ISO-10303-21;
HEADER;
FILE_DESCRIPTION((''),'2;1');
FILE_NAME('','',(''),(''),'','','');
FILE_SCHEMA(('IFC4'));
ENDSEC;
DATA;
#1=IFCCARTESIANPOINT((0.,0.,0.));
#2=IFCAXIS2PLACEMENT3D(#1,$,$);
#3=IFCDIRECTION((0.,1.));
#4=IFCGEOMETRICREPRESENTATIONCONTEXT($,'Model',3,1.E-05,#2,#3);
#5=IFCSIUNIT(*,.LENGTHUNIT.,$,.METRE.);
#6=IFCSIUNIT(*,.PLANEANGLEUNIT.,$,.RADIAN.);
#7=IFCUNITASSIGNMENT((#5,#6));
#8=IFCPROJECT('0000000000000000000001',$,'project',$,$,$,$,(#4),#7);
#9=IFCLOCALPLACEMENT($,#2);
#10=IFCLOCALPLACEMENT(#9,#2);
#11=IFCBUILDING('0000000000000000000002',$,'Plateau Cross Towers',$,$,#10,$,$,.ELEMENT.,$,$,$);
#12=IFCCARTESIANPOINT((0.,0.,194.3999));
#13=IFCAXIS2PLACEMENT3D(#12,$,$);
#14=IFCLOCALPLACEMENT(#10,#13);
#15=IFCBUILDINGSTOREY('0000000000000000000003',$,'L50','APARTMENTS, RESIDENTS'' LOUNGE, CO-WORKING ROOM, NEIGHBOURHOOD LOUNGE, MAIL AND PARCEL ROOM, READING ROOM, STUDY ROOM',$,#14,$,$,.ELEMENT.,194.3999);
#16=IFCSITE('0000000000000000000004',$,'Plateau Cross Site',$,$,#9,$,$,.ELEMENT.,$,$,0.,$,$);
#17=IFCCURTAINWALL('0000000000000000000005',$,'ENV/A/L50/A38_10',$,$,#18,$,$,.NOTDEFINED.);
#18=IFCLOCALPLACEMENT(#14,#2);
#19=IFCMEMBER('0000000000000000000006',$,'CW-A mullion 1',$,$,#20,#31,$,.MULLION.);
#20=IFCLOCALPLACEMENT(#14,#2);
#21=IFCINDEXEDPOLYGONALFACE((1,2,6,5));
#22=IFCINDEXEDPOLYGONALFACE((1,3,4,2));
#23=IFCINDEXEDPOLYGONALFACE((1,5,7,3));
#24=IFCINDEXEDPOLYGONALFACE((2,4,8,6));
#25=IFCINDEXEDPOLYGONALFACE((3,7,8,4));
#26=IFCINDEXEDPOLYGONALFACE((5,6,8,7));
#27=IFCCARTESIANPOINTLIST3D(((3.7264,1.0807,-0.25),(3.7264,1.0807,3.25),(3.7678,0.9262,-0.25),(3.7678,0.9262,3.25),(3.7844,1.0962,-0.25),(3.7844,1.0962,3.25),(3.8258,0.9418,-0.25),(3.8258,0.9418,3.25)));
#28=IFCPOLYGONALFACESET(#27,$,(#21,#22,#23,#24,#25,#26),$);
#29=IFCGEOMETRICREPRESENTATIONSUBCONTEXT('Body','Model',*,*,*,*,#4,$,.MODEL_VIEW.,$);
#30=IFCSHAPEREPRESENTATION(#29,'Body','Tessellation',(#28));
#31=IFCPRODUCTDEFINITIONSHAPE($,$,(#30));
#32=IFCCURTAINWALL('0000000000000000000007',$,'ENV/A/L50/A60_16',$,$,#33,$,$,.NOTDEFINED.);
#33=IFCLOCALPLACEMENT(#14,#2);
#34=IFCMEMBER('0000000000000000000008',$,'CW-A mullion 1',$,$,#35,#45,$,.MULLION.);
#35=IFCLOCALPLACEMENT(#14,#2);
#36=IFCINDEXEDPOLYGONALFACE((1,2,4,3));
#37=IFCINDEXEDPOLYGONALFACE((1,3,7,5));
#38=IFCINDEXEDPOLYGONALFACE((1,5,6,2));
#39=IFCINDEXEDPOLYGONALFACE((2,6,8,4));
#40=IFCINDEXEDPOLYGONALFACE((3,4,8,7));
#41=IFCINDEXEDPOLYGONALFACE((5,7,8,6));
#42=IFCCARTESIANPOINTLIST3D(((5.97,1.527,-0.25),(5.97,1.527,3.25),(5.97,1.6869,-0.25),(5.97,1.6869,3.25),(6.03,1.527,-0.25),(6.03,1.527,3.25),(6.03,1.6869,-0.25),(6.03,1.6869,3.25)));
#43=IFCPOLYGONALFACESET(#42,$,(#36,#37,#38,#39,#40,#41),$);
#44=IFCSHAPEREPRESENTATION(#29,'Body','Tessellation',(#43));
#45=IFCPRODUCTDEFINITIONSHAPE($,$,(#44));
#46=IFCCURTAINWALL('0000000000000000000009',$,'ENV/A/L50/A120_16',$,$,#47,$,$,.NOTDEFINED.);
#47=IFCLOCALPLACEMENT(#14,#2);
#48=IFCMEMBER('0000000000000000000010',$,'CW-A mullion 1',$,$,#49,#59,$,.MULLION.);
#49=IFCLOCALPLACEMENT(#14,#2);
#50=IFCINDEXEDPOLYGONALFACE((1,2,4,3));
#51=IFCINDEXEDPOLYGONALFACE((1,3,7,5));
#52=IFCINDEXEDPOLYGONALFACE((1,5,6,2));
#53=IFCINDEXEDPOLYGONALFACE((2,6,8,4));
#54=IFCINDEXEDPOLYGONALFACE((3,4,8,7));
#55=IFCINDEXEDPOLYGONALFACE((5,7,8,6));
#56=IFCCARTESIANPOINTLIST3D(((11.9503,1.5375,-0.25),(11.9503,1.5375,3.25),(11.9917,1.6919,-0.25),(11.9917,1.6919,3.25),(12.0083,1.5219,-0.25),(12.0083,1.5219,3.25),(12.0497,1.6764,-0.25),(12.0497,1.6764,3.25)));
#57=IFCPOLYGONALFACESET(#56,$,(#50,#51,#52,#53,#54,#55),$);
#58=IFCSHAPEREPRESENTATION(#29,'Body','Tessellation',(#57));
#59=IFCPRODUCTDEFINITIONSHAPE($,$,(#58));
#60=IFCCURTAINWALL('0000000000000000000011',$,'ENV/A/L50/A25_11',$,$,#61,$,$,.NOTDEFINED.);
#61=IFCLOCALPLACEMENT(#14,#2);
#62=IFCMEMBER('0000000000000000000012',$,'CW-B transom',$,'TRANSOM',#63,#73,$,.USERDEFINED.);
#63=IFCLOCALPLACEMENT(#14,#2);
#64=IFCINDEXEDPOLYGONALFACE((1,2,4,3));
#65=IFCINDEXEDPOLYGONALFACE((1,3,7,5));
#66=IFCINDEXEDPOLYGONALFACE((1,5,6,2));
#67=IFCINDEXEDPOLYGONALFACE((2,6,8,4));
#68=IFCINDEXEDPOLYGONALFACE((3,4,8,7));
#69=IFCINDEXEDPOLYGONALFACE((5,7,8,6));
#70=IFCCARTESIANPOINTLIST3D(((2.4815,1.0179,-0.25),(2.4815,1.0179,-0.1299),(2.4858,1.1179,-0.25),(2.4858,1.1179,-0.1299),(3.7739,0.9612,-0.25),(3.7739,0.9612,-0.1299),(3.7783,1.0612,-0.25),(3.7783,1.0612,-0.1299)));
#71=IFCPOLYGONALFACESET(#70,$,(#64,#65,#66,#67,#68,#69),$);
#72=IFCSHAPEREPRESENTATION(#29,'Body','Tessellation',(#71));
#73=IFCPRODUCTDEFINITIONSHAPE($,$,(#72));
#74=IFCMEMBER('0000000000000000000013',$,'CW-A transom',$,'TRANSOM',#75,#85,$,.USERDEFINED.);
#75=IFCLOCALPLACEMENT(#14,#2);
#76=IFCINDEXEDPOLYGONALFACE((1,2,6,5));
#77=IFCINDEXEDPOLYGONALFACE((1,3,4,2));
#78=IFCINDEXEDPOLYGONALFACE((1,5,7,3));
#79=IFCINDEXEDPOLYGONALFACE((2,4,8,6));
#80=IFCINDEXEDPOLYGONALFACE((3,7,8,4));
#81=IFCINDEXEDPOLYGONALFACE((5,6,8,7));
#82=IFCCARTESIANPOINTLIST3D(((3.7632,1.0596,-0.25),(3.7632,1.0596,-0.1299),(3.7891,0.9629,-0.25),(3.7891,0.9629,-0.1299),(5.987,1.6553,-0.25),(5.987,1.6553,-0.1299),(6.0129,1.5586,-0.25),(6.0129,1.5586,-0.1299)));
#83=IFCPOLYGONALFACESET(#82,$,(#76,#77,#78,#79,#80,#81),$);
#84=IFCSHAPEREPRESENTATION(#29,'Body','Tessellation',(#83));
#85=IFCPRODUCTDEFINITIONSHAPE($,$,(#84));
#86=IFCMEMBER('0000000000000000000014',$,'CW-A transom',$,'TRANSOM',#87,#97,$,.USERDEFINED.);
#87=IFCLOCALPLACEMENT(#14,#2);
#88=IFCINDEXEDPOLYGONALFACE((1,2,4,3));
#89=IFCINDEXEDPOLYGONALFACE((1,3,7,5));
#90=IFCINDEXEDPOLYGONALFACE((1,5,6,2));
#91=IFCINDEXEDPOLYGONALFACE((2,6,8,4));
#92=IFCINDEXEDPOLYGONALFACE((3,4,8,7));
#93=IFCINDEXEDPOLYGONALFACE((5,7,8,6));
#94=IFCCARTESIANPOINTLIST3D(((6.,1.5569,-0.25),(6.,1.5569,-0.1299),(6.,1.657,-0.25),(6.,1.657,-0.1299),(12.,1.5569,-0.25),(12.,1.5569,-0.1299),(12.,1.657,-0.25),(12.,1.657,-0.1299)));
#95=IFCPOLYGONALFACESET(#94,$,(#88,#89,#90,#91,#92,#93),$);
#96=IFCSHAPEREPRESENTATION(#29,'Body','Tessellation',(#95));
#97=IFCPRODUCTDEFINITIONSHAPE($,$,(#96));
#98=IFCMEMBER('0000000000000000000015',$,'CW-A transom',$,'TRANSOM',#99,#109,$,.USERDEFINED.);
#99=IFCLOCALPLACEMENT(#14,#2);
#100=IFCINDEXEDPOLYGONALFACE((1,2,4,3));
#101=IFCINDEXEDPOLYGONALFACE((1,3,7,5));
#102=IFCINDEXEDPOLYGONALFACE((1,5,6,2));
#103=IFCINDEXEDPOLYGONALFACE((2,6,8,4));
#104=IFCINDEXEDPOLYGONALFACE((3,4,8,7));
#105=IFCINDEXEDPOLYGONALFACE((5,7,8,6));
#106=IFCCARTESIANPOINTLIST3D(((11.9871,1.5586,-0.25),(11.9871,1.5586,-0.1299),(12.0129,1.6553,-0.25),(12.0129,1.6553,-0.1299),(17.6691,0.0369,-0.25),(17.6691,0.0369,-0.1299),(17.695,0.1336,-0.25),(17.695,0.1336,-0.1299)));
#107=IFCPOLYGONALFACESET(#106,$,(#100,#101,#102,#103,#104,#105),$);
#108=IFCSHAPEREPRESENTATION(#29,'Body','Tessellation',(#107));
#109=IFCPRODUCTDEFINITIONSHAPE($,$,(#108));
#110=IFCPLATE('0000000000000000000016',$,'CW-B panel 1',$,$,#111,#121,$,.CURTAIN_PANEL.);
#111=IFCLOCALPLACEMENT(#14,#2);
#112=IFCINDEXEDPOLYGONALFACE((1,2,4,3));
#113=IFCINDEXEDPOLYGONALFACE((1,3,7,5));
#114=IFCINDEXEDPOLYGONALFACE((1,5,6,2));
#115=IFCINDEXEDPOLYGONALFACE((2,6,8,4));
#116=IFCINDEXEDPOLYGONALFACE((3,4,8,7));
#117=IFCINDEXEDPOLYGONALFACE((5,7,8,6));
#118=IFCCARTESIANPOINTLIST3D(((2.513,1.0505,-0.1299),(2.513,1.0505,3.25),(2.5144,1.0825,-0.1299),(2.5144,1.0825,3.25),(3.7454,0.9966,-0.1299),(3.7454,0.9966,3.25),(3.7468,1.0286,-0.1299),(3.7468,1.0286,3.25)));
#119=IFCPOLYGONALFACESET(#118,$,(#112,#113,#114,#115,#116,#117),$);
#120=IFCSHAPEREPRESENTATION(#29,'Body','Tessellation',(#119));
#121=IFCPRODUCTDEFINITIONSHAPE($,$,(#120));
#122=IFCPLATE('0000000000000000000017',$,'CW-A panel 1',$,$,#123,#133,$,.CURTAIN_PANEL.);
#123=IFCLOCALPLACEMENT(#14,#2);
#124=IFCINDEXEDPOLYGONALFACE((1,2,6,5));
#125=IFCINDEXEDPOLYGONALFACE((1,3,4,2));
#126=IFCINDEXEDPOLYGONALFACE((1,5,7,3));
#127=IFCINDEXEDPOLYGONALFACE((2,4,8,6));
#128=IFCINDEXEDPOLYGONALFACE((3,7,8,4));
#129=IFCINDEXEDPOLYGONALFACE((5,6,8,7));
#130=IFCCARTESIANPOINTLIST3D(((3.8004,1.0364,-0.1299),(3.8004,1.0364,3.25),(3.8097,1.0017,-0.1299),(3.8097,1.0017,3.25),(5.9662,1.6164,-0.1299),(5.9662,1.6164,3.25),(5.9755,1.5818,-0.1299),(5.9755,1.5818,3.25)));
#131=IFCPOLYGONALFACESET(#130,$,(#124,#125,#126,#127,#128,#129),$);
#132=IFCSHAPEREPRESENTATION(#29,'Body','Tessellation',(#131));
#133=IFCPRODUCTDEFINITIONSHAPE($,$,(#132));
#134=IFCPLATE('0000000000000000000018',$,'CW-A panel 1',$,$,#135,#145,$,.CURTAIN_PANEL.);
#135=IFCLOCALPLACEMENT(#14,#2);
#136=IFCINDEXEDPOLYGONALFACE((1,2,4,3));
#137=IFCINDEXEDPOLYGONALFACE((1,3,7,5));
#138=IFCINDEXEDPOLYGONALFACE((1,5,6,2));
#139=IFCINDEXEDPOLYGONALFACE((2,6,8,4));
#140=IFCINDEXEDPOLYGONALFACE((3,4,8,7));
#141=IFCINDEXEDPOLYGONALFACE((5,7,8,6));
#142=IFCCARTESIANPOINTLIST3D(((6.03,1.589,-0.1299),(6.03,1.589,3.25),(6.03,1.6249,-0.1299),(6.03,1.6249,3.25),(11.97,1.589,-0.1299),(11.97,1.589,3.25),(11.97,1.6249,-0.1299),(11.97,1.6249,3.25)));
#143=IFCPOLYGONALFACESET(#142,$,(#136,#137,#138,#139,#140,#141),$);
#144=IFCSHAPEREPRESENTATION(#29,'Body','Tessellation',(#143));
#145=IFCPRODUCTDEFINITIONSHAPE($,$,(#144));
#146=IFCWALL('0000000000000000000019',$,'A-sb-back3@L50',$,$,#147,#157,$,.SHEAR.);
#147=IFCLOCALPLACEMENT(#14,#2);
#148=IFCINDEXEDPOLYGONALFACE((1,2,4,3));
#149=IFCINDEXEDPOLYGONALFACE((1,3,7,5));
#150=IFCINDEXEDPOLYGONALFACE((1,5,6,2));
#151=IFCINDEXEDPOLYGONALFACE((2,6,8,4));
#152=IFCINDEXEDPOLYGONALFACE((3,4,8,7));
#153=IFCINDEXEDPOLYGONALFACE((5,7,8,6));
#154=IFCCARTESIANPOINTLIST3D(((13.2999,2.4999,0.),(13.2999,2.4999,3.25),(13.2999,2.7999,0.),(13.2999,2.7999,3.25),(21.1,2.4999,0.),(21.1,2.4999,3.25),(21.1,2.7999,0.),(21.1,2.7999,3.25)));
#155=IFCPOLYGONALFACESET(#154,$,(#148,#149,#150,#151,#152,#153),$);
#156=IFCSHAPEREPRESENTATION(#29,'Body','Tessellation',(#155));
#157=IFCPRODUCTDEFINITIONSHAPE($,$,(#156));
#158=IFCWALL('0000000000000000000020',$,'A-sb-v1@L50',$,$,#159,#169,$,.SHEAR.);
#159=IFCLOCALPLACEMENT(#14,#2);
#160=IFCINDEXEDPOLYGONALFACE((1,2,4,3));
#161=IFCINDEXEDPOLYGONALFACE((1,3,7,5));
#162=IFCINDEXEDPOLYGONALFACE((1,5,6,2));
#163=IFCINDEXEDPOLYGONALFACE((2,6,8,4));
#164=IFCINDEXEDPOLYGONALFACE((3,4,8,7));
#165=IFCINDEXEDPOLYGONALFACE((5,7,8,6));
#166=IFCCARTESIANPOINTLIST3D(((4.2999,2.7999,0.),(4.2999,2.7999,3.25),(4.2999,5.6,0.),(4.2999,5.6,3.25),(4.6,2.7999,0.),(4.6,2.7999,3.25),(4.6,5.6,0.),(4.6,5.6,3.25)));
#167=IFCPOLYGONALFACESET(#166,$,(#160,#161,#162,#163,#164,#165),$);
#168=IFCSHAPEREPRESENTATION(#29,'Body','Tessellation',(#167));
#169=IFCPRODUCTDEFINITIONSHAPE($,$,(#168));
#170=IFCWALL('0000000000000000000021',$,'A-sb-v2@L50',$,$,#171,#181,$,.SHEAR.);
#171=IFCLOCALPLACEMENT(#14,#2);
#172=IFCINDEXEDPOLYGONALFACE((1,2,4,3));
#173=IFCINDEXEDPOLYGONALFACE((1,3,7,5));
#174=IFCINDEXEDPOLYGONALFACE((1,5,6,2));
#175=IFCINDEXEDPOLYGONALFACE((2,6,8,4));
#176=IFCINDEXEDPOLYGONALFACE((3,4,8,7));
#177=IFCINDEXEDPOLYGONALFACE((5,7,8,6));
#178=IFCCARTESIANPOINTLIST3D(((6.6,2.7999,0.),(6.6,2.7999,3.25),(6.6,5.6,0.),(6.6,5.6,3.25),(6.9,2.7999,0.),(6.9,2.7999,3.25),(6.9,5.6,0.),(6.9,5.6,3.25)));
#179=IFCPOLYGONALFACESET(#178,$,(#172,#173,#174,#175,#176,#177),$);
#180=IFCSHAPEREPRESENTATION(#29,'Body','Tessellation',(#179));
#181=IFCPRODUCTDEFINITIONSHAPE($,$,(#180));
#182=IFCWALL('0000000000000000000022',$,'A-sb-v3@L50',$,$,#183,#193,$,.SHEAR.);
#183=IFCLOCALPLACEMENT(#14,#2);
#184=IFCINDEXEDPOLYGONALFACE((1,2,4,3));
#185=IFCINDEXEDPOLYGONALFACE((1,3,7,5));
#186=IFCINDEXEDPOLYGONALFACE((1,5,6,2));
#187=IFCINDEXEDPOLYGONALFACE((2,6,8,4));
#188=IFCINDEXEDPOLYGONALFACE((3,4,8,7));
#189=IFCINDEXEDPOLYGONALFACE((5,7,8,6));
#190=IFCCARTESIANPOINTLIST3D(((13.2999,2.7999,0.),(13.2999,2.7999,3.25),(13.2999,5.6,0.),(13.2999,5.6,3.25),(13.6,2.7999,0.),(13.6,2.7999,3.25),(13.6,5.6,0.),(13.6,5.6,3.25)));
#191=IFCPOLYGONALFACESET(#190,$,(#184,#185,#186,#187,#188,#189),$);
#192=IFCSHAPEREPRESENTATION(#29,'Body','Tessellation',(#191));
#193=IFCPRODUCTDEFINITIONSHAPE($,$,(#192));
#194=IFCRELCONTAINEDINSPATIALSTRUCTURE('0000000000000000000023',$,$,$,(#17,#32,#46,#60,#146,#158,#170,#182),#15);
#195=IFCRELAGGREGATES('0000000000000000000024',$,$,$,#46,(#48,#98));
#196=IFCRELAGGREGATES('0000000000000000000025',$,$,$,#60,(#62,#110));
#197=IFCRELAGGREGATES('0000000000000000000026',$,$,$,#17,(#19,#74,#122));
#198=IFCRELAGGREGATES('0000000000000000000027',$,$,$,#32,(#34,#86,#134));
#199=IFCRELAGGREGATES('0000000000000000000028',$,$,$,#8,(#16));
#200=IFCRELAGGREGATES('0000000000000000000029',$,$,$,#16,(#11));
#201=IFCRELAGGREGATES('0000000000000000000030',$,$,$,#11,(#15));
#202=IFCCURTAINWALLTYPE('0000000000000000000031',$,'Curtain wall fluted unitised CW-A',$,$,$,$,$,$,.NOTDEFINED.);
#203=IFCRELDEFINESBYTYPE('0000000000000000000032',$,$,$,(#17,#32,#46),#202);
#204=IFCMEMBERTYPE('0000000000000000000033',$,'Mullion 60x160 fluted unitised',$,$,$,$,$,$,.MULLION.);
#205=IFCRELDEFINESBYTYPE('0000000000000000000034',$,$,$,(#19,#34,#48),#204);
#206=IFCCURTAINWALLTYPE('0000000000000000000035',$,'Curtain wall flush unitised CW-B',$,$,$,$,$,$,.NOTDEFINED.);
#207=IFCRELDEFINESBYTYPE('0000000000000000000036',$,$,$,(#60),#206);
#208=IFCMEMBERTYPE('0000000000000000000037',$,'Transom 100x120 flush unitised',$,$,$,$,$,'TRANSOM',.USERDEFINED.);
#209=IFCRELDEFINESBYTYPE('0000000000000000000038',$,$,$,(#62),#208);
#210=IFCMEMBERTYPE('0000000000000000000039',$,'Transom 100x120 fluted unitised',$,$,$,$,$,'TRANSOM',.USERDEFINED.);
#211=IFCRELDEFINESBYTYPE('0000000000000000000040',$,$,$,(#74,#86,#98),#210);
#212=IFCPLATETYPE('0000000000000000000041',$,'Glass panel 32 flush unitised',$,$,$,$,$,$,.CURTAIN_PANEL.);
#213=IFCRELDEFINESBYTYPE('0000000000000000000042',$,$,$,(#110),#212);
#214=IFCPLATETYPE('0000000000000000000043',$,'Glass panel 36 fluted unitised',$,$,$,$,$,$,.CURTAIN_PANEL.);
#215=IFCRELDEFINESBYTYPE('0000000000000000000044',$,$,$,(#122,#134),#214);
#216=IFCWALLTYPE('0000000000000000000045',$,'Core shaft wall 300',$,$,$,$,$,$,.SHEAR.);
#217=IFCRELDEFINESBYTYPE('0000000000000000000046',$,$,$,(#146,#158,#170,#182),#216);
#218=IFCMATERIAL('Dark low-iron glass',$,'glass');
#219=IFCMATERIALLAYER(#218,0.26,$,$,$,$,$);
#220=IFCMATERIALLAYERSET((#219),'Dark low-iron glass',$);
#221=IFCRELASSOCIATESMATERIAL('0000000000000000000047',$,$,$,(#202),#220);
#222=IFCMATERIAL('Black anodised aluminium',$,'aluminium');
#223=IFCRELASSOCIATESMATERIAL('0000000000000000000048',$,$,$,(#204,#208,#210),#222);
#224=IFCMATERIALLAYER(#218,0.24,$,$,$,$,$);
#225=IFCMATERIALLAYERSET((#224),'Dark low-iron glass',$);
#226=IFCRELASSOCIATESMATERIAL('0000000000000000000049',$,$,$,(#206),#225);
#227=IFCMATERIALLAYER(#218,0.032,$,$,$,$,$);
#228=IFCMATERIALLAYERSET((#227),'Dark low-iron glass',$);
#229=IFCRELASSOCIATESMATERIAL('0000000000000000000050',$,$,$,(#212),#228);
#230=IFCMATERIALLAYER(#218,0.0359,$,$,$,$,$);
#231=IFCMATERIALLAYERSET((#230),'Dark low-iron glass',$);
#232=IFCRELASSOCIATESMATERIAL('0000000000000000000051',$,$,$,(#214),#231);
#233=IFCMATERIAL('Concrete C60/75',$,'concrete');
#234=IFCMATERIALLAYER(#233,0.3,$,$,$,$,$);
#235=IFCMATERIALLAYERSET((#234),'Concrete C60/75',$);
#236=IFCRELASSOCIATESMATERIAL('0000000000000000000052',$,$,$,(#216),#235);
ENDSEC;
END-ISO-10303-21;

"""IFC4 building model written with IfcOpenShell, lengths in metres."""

from ifc_helpers import new_model, si_unit, direction, frame, frame_2d, origin, origin_2d, place, context, subcontext, project, spatial, rectangle, extrude, material, layer, layer_set, material_profile, profile_set, type_object, element, aggregate, save


model = new_model("IFC4")

# Units and contexts
model_context = context("Model", 3, precision=1e-05, world=origin(), true_north=direction((0.0, 1.0)))
body_context = subcontext(model_context, "Body", "Model", "MODEL_VIEW")
ifc_project = project(units=[si_unit("LENGTHUNIT", "METRE"), si_unit("PLANEANGLEUNIT", "RADIAN")], contexts=[model_context])

# Site, building, storey
site_placement = place(None, origin())
site = spatial("IfcSite", under=ifc_project, at=site_placement, Name="Plateau Cross Site", CompositionType="ELEMENT", RefElevation=0.0)
building_placement = place(site_placement, origin())
building = spatial("IfcBuilding", under=site, at=building_placement, Name="Plateau Cross Towers", CompositionType="ELEMENT")
storey_placement = place(building_placement, frame((0.0, 0.0, 194.3999)))
storey = spatial("IfcBuildingStorey", under=building, at=storey_placement, Name="L50", Description="APARTMENTS, RESIDENTS' LOUNGE, CO-WORKING ROOM, NEIGHBOURHOOD LOUNGE, MAIL AND PARCEL ROOM, READING ROOM, STUDY ROOM", CompositionType="ELEMENT", Elevation=194.3999)

# Curtain walls, members
ifc_material_1 = material(Name="Dark low-iron glass", Category="glass")
ifc_layer_1 = layer(ifc_material_1, 0.26)
ifc_layer_set_1 = layer_set([ifc_layer_1], Name="Dark low-iron glass")
curtain_wall_type_1 = type_object("IfcCurtainWallType", Name="Curtain wall fluted unitised CW-A", PredefinedType="NOTDEFINED", material=ifc_layer_set_1)
curtain_wall_1_placement = place(storey_placement, origin())
curtain_wall_1 = element("IfcCurtainWall", 1, at=curtain_wall_1_placement, inside=storey, type_object=curtain_wall_type_1, Name="ENV/A/L50/A38_10", PredefinedType="NOTDEFINED")
ifc_material_2 = material(Name="Black anodised aluminium", Category="aluminium")
ifc_material_profile_1 = material_profile(ifc_material_2, rectangle(XDim=0.0601, YDim=0.1599, at=origin_2d()), Name="MULLION 60x160")
ifc_profile_set_1 = profile_set([ifc_material_profile_1], Name="Black anodised aluminium")
member_type_1 = type_object("IfcMemberType", Name="Mullion 60x160 fluted unitised", PredefinedType="MULLION", material=ifc_profile_set_1)
member_1_placement = place(storey_placement, frame((3.7761, 1.0112, -0.25), z_axis=(0.0, 0.0, 1.0), x_axis=(0.965958, 0.258699, 0.0)))
member_1 = element("IfcMember", 2, at=member_1_placement, type_object=member_type_1, Name="CW-A mullion 1", PredefinedType="MULLION", context=body_context, shape_type="SweptSolid", body=[
    extrude(rectangle(XDim=0.0601, YDim=0.1599, at=origin_2d()), origin(), (0.0, 0.0, 1.0), 3.5),
])
curtain_wall_2_placement = place(storey_placement, origin())
curtain_wall_2 = element("IfcCurtainWall", 3, at=curtain_wall_2_placement, inside=storey, type_object=curtain_wall_type_1, Name="ENV/A/L50/A60_16", PredefinedType="NOTDEFINED")
member_2_placement = place(storey_placement, frame((6.0, 1.6069, -0.25), z_axis=(0.0, 0.0, 1.0), x_axis=(1.0, 0.0, 0.0)))
member_2 = element("IfcMember", 4, at=member_2_placement, type_object=member_type_1, Name="CW-A mullion 1", PredefinedType="MULLION", context=body_context, shape_type="SweptSolid", body=[
    extrude(rectangle(XDim=0.0601, YDim=0.1599, at=origin_2d()), origin(), (0.0, 0.0, 1.0), 3.5),
])
curtain_wall_3_placement = place(storey_placement, origin())
curtain_wall_3 = element("IfcCurtainWall", 5, at=curtain_wall_3_placement, inside=storey, type_object=curtain_wall_type_1, Name="ENV/A/L50/A120_16", PredefinedType="NOTDEFINED")
member_3_placement = place(storey_placement, frame((12.0, 1.6069, -0.25), z_axis=(0.0, 0.0, 1.0), x_axis=(0.965958, -0.258699, 0.0)))
member_3 = element("IfcMember", 6, at=member_3_placement, type_object=member_type_1, Name="CW-A mullion 1", PredefinedType="MULLION", context=body_context, shape_type="SweptSolid", body=[
    extrude(rectangle(XDim=0.0601, YDim=0.1599, at=origin_2d()), origin(), (0.0, 0.0, 1.0), 3.5),
])
ifc_layer_2 = layer(ifc_material_1, 0.24)
ifc_layer_set_2 = layer_set([ifc_layer_2], Name="Dark low-iron glass")
curtain_wall_type_2 = type_object("IfcCurtainWallType", Name="Curtain wall flush unitised CW-B", PredefinedType="NOTDEFINED", material=ifc_layer_set_2)
curtain_wall_4_placement = place(storey_placement, origin())
curtain_wall_4 = element("IfcCurtainWall", 7, at=curtain_wall_4_placement, inside=storey, type_object=curtain_wall_type_2, Name="ENV/A/L50/A25_11", PredefinedType="NOTDEFINED")
ifc_material_profile_2 = material_profile(ifc_material_2, rectangle(XDim=0.1001, YDim=0.1201, at=origin_2d()), Name="TRANSOM 100x120")
ifc_profile_set_2 = profile_set([ifc_material_profile_2], Name="Black anodised aluminium")
member_type_2 = type_object("IfcMemberType", Name="Transom 100x120 flush unitised", ElementType="TRANSOM", PredefinedType="USERDEFINED", material=ifc_profile_set_2)
member_4_placement = place(storey_placement, frame((2.4836, 1.0679, -0.1899), z_axis=(0.999041, -0.043781, 0.0), x_axis=(0.043781, 0.999041, 0.0)))
member_4 = element("IfcMember", 8, at=member_4_placement, type_object=member_type_2, Name="CW-B transom", ObjectType="TRANSOM", PredefinedType="USERDEFINED", context=body_context, shape_type="SweptSolid", body=[
    extrude(rectangle(XDim=0.1001, YDim=0.1201, at=origin_2d()), origin(), (0.0, 0.0, 1.0), 1.2937),
])

# Members
ifc_material_profile_3 = material_profile(ifc_material_2, rectangle(XDim=0.1001, YDim=0.1201, at=origin_2d()), Name="TRANSOM 100x120")
ifc_profile_set_3 = profile_set([ifc_material_profile_3], Name="Black anodised aluminium")
member_type_3 = type_object("IfcMemberType", Name="Transom 100x120 fluted unitised", ElementType="TRANSOM", PredefinedType="USERDEFINED", material=ifc_profile_set_3)
member_5_placement = place(storey_placement, frame((3.7761, 1.0112, -0.1899), z_axis=(0.965946, 0.258745, 0.0), x_axis=(-0.258745, 0.965946, 0.0)))
member_5 = element("IfcMember", 9, at=member_5_placement, type_object=member_type_3, Name="CW-A transom", ObjectType="TRANSOM", PredefinedType="USERDEFINED", context=body_context, shape_type="SweptSolid", body=[
    extrude(rectangle(XDim=0.1001, YDim=0.1201, at=origin_2d()), origin(), (0.0, 0.0, 1.0), 2.3022),
])
member_6_placement = place(storey_placement, frame((6.0, 1.6069, -0.1899), z_axis=(1.0, 0.0, 0.0), x_axis=(0.0, 1.0, 0.0)))
member_6 = element("IfcMember", 10, at=member_6_placement, type_object=member_type_3, Name="CW-A transom", ObjectType="TRANSOM", PredefinedType="USERDEFINED", context=body_context, shape_type="SweptSolid", body=[
    extrude(rectangle(XDim=0.1001, YDim=0.1201, at=origin_2d()), origin(), (0.0, 0.0, 1.0), 6.0),
])
member_7_placement = place(storey_placement, frame((12.0, 1.6069, -0.1899), z_axis=(0.96596, -0.258693, 0.0), x_axis=(0.258693, 0.96596, 0.0)))
member_7 = element("IfcMember", 11, at=member_7_placement, type_object=member_type_3, Name="CW-A transom", ObjectType="TRANSOM", PredefinedType="USERDEFINED", context=body_context, shape_type="SweptSolid", body=[
    extrude(rectangle(XDim=0.1001, YDim=0.1201, at=origin_2d()), origin(), (0.0, 0.0, 1.0), 5.8823),
])
aggregate(curtain_wall_3, [member_3, member_7])

# Plates
ifc_layer_3 = layer(ifc_material_1, 0.032)
ifc_layer_set_3 = layer_set([ifc_layer_3], Name="Dark low-iron glass")
plate_type_1 = type_object("IfcPlateType", Name="Glass panel 32 flush unitised", PredefinedType="CURTAIN_PANEL", material=ifc_layer_set_3)
plate_1_placement = place(storey_placement, frame((3.1299, 1.0396, -0.1299), z_axis=(0.0, 0.0, 1.0), x_axis=(0.999044, -0.043723, 0.0)))
plate_1 = element("IfcPlate", 12, at=plate_1_placement, type_object=plate_type_1, Name="CW-B panel 1", PredefinedType="CURTAIN_PANEL", context=body_context, shape_type="SweptSolid", body=[
    extrude(rectangle(XDim=1.2336, YDim=0.032, at=origin_2d()), origin(), (0.0, 0.0, 1.0), 3.3799),
])
aggregate(curtain_wall_4, [member_4, plate_1])
ifc_layer_4 = layer(ifc_material_1, 0.0359)
ifc_layer_set_4 = layer_set([ifc_layer_4], Name="Dark low-iron glass")
plate_type_2 = type_object("IfcPlateType", Name="Glass panel 36 fluted unitised", PredefinedType="CURTAIN_PANEL", material=ifc_layer_set_4)
plate_2_placement = place(storey_placement, frame((4.8879, 1.3091, -0.1299), z_axis=(0.0, 0.0, 1.0), x_axis=(0.965958, 0.258699, 0.0)))
plate_2 = element("IfcPlate", 13, at=plate_2_placement, type_object=plate_type_2, Name="CW-A panel 1", PredefinedType="CURTAIN_PANEL", context=body_context, shape_type="SweptSolid", body=[
    extrude(rectangle(XDim=2.2422, YDim=0.0359, at=origin_2d()), origin(), (0.0, 0.0, 1.0), 3.3799),
])
aggregate(curtain_wall_1, [member_1, member_5, plate_2])
plate_3_placement = place(storey_placement, frame((9.0, 1.6069, -0.1299), z_axis=(0.0, 0.0, 1.0), x_axis=(1.0, 0.0, 0.0)))
plate_3 = element("IfcPlate", 14, at=plate_3_placement, type_object=plate_type_2, Name="CW-A panel 1", PredefinedType="CURTAIN_PANEL", context=body_context, shape_type="SweptSolid", body=[
    extrude(rectangle(XDim=5.9399, YDim=0.0359, at=origin_2d()), origin(), (0.0, 0.0, 1.0), 3.3799),
])
aggregate(curtain_wall_2, [member_2, member_6, plate_3])

# Walls
ifc_material_3 = material(Name="Concrete C60/75", Category="concrete")
ifc_layer_5 = layer(ifc_material_3, 0.3)
ifc_layer_set_5 = layer_set([ifc_layer_5], Name="Concrete C60/75")
wall_type_1 = type_object("IfcWallType", Name="Core shaft wall 300", PredefinedType="SHEAR", material=ifc_layer_set_5)
wall_1_placement = place(storey_placement, frame((13.3, 2.6499, 0.0), z_axis=(0.0, 0.0, 1.0), x_axis=(1.0, 0.0, 0.0)))
element("IfcWall", 15, at=wall_1_placement, inside=storey, type_object=wall_type_1, Name="A-sb-back3@L50", PredefinedType="SHEAR", context=body_context, shape_type="SweptSolid", body=[
    extrude(rectangle(XDim=7.8, YDim=0.3, at=frame_2d((3.8999, 0.0))), origin(), (0.0, 0.0, 1.0), 3.25),
])
for number, where, z_axis, x_axis, name in (
    (16, (4.45, 2.8, 0.0), (0.0, 0.0, 1.0), (0.0, 1.0, 0.0), "A-sb-v1@L50"),
    (17, (6.75, 2.8, 0.0), (0.0, 0.0, 1.0), (0.0, 1.0, 0.0), "A-sb-v2@L50"),
    (18, (13.45, 2.8, 0.0), (0.0, 0.0, 1.0), (0.0, 1.0, 0.0), "A-sb-v3@L50"),
):
    element("IfcWall", number, at=place(storey_placement, frame(where, z_axis=z_axis, x_axis=x_axis)), inside=storey, type_object=wall_type_1, Name=name, PredefinedType="SHEAR", context=body_context, shape_type="SweptSolid", body=[
        extrude(rectangle(XDim=2.8, YDim=0.3, at=frame_2d((1.3999, 0.0))), origin(), (0.0, 0.0, 1.0), 3.25),
    ])

save(model, "model.ifc")
